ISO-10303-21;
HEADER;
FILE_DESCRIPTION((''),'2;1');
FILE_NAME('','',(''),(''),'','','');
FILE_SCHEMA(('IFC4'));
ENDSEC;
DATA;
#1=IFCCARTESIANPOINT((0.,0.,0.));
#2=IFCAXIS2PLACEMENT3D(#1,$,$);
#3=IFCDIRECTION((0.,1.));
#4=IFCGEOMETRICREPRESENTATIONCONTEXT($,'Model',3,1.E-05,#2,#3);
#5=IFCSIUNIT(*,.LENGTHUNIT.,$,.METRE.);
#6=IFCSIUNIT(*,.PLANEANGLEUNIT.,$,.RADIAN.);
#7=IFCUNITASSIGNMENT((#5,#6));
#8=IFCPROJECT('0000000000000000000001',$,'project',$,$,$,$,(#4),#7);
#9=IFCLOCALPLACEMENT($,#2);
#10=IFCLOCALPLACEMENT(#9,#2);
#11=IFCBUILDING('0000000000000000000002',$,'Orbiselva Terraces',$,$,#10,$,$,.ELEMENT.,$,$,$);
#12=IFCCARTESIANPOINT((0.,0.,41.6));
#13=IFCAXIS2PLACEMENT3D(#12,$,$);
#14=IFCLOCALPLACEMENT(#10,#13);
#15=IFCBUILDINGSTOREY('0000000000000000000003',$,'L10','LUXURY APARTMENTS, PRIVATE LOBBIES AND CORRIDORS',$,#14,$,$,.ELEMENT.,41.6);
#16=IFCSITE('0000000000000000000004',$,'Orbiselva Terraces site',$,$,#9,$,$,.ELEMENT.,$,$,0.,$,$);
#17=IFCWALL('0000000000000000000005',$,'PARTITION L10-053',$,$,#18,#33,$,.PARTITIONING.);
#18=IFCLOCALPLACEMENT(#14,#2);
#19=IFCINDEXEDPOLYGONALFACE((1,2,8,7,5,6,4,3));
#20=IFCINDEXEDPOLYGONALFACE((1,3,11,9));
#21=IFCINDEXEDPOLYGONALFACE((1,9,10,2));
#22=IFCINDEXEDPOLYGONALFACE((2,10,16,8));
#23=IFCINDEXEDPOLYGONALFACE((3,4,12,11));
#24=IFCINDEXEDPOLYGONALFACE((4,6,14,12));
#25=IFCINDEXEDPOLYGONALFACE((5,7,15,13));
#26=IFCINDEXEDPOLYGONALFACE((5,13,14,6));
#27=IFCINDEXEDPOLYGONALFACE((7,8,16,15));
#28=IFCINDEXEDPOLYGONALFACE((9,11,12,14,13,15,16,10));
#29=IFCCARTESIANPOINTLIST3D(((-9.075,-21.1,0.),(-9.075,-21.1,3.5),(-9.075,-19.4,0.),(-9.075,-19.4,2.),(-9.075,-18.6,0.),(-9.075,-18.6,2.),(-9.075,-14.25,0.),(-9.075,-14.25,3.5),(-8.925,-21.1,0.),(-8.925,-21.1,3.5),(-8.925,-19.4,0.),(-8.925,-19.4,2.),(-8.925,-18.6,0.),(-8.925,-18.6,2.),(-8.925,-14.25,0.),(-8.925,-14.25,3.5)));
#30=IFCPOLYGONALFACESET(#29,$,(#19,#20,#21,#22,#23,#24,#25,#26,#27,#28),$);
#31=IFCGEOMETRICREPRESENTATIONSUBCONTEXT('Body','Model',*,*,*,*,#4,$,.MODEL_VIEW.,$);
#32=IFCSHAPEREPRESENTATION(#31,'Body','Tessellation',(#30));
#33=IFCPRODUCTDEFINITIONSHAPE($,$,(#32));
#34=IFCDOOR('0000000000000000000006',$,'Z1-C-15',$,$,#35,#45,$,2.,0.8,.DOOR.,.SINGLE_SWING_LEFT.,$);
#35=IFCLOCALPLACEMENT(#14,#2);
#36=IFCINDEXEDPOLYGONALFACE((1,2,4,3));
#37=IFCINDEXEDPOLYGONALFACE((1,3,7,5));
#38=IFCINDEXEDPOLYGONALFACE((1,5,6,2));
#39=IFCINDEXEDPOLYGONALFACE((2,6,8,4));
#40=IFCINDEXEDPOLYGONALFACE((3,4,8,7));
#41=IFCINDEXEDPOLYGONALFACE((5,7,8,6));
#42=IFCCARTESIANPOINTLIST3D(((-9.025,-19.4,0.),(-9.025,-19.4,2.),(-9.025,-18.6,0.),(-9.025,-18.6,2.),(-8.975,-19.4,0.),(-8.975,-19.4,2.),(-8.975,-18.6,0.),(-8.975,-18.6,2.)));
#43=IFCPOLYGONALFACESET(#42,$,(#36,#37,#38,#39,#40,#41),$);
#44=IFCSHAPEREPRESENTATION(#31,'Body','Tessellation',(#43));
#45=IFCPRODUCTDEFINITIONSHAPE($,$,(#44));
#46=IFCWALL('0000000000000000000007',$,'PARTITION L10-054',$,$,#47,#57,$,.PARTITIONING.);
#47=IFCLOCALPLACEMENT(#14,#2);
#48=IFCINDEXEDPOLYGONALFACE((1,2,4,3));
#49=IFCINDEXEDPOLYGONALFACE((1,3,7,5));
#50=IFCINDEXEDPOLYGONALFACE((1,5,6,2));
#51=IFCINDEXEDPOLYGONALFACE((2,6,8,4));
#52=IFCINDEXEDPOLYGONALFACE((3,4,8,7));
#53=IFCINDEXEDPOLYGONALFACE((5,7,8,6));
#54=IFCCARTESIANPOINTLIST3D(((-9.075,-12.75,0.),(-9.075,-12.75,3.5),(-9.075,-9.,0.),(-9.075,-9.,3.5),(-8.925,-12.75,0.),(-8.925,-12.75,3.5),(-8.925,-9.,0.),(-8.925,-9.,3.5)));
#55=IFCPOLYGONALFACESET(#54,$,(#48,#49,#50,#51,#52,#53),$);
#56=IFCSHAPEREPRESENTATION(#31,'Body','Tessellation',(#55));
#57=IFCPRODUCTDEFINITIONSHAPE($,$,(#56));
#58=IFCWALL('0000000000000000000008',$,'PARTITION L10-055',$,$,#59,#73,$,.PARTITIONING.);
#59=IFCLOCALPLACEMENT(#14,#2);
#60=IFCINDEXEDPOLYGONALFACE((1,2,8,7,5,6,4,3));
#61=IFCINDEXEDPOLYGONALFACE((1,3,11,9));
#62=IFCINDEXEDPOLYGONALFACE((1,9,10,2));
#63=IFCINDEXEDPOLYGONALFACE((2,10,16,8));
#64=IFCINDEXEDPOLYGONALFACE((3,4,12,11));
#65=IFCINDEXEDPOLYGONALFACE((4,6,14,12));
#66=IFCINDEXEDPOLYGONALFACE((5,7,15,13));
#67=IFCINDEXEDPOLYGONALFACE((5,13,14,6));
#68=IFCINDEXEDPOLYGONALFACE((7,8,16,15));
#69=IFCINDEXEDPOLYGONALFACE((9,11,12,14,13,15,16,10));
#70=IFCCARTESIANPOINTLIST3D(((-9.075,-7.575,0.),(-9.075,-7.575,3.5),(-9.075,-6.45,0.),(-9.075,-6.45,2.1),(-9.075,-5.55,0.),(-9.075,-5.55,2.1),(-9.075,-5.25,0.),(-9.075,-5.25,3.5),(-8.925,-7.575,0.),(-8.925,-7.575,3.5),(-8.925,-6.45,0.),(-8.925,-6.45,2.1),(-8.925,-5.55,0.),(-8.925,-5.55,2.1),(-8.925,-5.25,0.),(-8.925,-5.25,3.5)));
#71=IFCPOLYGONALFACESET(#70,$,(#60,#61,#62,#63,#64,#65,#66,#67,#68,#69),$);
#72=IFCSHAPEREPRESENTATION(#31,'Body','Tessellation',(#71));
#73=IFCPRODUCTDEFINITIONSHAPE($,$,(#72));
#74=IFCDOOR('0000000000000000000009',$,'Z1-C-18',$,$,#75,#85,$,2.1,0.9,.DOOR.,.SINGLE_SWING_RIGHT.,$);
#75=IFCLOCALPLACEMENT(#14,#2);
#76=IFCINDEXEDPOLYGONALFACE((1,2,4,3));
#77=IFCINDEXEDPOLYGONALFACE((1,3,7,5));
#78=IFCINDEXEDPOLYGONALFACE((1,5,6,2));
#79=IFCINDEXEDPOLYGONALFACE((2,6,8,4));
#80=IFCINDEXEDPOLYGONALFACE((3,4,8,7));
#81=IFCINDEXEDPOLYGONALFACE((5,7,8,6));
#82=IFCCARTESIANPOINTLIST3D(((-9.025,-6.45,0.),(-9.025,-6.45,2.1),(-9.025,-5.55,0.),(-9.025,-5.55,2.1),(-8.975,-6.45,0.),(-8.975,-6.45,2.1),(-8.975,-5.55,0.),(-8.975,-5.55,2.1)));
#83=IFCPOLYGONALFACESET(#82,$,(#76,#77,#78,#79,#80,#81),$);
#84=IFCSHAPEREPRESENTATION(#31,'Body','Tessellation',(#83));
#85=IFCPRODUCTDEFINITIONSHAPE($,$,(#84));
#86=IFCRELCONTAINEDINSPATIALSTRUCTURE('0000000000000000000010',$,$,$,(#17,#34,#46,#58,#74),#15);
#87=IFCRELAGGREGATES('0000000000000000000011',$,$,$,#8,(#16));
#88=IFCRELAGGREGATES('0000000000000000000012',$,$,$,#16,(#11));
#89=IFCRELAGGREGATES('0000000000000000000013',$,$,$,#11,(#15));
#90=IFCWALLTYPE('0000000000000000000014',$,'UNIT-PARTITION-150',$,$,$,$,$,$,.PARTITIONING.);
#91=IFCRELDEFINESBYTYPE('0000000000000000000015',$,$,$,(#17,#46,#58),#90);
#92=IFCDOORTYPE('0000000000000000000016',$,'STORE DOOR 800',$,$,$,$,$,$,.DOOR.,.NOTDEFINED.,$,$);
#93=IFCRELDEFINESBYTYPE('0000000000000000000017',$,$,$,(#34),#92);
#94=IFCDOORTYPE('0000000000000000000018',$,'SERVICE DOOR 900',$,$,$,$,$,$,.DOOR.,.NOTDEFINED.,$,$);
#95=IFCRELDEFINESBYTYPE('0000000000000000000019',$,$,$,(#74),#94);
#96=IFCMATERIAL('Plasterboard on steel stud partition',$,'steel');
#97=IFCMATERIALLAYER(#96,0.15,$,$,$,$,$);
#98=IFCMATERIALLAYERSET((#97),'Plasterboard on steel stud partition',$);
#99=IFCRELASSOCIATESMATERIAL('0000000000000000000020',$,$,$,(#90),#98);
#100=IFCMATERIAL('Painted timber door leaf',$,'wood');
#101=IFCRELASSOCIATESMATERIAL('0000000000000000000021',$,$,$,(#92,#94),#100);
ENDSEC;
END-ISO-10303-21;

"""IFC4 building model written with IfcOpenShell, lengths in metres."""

from ifc_helpers import new_model, si_unit, direction, frame, frame_2d, origin, place, context, subcontext, project, spatial, rectangle, extrude, material, layer, layer_set, type_object, element, fill, save


model = new_model("IFC4")

# Units and contexts
model_context = context("Model", 3, precision=1e-05, world=origin(), true_north=direction((0.0, 1.0)))
body_context = subcontext(model_context, "Body", "Model", "MODEL_VIEW")
ifc_project = project(units=[si_unit("LENGTHUNIT", "METRE"), si_unit("PLANEANGLEUNIT", "RADIAN")], contexts=[model_context])

# Site, building, storey
site_placement = place(None, origin())
site = spatial("IfcSite", under=ifc_project, at=site_placement, Name="Orbiselva Terraces site", CompositionType="ELEMENT", RefElevation=0.0)
building_placement = place(site_placement, origin())
building = spatial("IfcBuilding", under=site, at=building_placement, Name="Orbiselva Terraces", CompositionType="ELEMENT")
storey_placement = place(building_placement, frame((0.0, 0.0, 41.6)))
storey = spatial("IfcBuildingStorey", under=building, at=storey_placement, Name="L10", Description="LUXURY APARTMENTS, PRIVATE LOBBIES AND CORRIDORS", CompositionType="ELEMENT", Elevation=41.6)

# Shared definitions
ifc_material_1 = material(Name="Plasterboard on steel stud partition", Category="steel")
ifc_material_2 = material(Name="Painted timber door leaf", Category="wood")

# Shared definitions
ifc_layer_1 = layer(ifc_material_1, 0.15)
ifc_layer_set_1 = layer_set([ifc_layer_1], Name="Plasterboard on steel stud partition")
wall_type_1 = type_object("IfcWallType", Name="UNIT-PARTITION-150", PredefinedType="PARTITIONING", material=ifc_layer_set_1)

# Shared definitions
door_type_1 = type_object("IfcDoorType", Name="STORE DOOR 800", OperationType="NOTDEFINED", PredefinedType="DOOR", material=ifc_material_2)

# Wall, opening, door
wall_1_placement = place(storey_placement, frame((-9.0, -21.1, 0.0), z_axis=(0.0, 0.0, 1.0), x_axis=(0.0, 1.0, 0.0)))
wall_1 = element("IfcWall", 1, at=wall_1_placement, inside=storey, type_object=wall_type_1, Name="PARTITION L10-053", PredefinedType="PARTITIONING", context=body_context, shape_type="SweptSolid", body=[
    extrude(rectangle(XDim=6.85, YDim=0.15, at=frame_2d((3.425, 0.0))), origin(), (0.0, 0.0, 1.0), 3.5),
])
opening_1_placement = place(wall_1_placement, frame((1.7, 0.0, 0.0)))
opening_1 = element("IfcOpeningElement", 2, at=opening_1_placement, cuts=wall_1, PredefinedType="OPENING", context=body_context, shape_type="SweptSolid", body=[
    extrude(rectangle(XDim=0.8, YDim=2.0, at=frame_2d((0.4, 1.0))), frame((0.0, 0.085, 0.0), z_axis=(0.0, -1.0, 0.0), x_axis=(1.0, 0.0, 0.0)), (0.0, 0.0, 1.0), 0.17),
])
door_1_placement = place(opening_1_placement, origin())
door_1 = element("IfcDoor", 3, at=door_1_placement, inside=storey, type_object=door_type_1, Name="Z1-C-15", OperationType="SINGLE_SWING_LEFT", OverallHeight=2.0, OverallWidth=0.8, PredefinedType="DOOR", context=body_context, shape_type="SweptSolid", body=[
    extrude(rectangle(XDim=0.8, YDim=2.0, at=frame_2d((0.4, 1.0))), frame((0.0, 0.025, 0.0), z_axis=(0.0, -1.0, 0.0), x_axis=(1.0, 0.0, 0.0)), (0.0, 0.0, 1.0), 0.05),
])
fill(opening_1, door_1)

# Wall
wall_2_placement = place(storey_placement, frame((-9.0, -12.75, 0.0), z_axis=(0.0, 0.0, 1.0), x_axis=(0.0, 1.0, 0.0)))
element("IfcWall", 4, at=wall_2_placement, inside=storey, type_object=wall_type_1, Name="PARTITION L10-054", PredefinedType="PARTITIONING", context=body_context, shape_type="SweptSolid", body=[
    extrude(rectangle(XDim=3.75, YDim=0.15, at=frame_2d((1.875, 0.0))), origin(), (0.0, 0.0, 1.0), 3.5),
])

# Wall, opening, door
wall_3_placement = place(storey_placement, frame((-9.0, -7.575, 0.0), z_axis=(0.0, 0.0, 1.0), x_axis=(0.0, 1.0, 0.0)))
wall_3 = element("IfcWall", 5, at=wall_3_placement, inside=storey, type_object=wall_type_1, Name="PARTITION L10-055", PredefinedType="PARTITIONING", context=body_context, shape_type="SweptSolid", body=[
    extrude(rectangle(XDim=2.325, YDim=0.15, at=frame_2d((1.1625, 0.0))), origin(), (0.0, 0.0, 1.0), 3.5),
])
opening_2_placement = place(wall_3_placement, frame((1.125, 0.0, 0.0)))
opening_2 = element("IfcOpeningElement", 6, at=opening_2_placement, cuts=wall_3, PredefinedType="OPENING", context=body_context, shape_type="SweptSolid", body=[
    extrude(rectangle(XDim=0.9, YDim=2.1, at=frame_2d((0.45, 1.05))), frame((0.0, 0.085, 0.0), z_axis=(0.0, -1.0, 0.0), x_axis=(1.0, 0.0, 0.0)), (0.0, 0.0, 1.0), 0.17),
])
door_type_2 = type_object("IfcDoorType", Name="SERVICE DOOR 900", OperationType="NOTDEFINED", PredefinedType="DOOR", material=ifc_material_2)
door_2_placement = place(opening_2_placement, origin())
door_2 = element("IfcDoor", 7, at=door_2_placement, inside=storey, type_object=door_type_2, Name="Z1-C-18", OperationType="SINGLE_SWING_RIGHT", OverallHeight=2.1, OverallWidth=0.9, PredefinedType="DOOR", context=body_context, shape_type="SweptSolid", body=[
    extrude(rectangle(XDim=0.9, YDim=2.1, at=frame_2d((0.45, 1.05))), frame((0.0, 0.025, 0.0), z_axis=(0.0, -1.0, 0.0), x_axis=(1.0, 0.0, 0.0)), (0.0, 0.0, 1.0), 0.05),
])
fill(opening_2, door_2)

save(model, "model.ifc")
